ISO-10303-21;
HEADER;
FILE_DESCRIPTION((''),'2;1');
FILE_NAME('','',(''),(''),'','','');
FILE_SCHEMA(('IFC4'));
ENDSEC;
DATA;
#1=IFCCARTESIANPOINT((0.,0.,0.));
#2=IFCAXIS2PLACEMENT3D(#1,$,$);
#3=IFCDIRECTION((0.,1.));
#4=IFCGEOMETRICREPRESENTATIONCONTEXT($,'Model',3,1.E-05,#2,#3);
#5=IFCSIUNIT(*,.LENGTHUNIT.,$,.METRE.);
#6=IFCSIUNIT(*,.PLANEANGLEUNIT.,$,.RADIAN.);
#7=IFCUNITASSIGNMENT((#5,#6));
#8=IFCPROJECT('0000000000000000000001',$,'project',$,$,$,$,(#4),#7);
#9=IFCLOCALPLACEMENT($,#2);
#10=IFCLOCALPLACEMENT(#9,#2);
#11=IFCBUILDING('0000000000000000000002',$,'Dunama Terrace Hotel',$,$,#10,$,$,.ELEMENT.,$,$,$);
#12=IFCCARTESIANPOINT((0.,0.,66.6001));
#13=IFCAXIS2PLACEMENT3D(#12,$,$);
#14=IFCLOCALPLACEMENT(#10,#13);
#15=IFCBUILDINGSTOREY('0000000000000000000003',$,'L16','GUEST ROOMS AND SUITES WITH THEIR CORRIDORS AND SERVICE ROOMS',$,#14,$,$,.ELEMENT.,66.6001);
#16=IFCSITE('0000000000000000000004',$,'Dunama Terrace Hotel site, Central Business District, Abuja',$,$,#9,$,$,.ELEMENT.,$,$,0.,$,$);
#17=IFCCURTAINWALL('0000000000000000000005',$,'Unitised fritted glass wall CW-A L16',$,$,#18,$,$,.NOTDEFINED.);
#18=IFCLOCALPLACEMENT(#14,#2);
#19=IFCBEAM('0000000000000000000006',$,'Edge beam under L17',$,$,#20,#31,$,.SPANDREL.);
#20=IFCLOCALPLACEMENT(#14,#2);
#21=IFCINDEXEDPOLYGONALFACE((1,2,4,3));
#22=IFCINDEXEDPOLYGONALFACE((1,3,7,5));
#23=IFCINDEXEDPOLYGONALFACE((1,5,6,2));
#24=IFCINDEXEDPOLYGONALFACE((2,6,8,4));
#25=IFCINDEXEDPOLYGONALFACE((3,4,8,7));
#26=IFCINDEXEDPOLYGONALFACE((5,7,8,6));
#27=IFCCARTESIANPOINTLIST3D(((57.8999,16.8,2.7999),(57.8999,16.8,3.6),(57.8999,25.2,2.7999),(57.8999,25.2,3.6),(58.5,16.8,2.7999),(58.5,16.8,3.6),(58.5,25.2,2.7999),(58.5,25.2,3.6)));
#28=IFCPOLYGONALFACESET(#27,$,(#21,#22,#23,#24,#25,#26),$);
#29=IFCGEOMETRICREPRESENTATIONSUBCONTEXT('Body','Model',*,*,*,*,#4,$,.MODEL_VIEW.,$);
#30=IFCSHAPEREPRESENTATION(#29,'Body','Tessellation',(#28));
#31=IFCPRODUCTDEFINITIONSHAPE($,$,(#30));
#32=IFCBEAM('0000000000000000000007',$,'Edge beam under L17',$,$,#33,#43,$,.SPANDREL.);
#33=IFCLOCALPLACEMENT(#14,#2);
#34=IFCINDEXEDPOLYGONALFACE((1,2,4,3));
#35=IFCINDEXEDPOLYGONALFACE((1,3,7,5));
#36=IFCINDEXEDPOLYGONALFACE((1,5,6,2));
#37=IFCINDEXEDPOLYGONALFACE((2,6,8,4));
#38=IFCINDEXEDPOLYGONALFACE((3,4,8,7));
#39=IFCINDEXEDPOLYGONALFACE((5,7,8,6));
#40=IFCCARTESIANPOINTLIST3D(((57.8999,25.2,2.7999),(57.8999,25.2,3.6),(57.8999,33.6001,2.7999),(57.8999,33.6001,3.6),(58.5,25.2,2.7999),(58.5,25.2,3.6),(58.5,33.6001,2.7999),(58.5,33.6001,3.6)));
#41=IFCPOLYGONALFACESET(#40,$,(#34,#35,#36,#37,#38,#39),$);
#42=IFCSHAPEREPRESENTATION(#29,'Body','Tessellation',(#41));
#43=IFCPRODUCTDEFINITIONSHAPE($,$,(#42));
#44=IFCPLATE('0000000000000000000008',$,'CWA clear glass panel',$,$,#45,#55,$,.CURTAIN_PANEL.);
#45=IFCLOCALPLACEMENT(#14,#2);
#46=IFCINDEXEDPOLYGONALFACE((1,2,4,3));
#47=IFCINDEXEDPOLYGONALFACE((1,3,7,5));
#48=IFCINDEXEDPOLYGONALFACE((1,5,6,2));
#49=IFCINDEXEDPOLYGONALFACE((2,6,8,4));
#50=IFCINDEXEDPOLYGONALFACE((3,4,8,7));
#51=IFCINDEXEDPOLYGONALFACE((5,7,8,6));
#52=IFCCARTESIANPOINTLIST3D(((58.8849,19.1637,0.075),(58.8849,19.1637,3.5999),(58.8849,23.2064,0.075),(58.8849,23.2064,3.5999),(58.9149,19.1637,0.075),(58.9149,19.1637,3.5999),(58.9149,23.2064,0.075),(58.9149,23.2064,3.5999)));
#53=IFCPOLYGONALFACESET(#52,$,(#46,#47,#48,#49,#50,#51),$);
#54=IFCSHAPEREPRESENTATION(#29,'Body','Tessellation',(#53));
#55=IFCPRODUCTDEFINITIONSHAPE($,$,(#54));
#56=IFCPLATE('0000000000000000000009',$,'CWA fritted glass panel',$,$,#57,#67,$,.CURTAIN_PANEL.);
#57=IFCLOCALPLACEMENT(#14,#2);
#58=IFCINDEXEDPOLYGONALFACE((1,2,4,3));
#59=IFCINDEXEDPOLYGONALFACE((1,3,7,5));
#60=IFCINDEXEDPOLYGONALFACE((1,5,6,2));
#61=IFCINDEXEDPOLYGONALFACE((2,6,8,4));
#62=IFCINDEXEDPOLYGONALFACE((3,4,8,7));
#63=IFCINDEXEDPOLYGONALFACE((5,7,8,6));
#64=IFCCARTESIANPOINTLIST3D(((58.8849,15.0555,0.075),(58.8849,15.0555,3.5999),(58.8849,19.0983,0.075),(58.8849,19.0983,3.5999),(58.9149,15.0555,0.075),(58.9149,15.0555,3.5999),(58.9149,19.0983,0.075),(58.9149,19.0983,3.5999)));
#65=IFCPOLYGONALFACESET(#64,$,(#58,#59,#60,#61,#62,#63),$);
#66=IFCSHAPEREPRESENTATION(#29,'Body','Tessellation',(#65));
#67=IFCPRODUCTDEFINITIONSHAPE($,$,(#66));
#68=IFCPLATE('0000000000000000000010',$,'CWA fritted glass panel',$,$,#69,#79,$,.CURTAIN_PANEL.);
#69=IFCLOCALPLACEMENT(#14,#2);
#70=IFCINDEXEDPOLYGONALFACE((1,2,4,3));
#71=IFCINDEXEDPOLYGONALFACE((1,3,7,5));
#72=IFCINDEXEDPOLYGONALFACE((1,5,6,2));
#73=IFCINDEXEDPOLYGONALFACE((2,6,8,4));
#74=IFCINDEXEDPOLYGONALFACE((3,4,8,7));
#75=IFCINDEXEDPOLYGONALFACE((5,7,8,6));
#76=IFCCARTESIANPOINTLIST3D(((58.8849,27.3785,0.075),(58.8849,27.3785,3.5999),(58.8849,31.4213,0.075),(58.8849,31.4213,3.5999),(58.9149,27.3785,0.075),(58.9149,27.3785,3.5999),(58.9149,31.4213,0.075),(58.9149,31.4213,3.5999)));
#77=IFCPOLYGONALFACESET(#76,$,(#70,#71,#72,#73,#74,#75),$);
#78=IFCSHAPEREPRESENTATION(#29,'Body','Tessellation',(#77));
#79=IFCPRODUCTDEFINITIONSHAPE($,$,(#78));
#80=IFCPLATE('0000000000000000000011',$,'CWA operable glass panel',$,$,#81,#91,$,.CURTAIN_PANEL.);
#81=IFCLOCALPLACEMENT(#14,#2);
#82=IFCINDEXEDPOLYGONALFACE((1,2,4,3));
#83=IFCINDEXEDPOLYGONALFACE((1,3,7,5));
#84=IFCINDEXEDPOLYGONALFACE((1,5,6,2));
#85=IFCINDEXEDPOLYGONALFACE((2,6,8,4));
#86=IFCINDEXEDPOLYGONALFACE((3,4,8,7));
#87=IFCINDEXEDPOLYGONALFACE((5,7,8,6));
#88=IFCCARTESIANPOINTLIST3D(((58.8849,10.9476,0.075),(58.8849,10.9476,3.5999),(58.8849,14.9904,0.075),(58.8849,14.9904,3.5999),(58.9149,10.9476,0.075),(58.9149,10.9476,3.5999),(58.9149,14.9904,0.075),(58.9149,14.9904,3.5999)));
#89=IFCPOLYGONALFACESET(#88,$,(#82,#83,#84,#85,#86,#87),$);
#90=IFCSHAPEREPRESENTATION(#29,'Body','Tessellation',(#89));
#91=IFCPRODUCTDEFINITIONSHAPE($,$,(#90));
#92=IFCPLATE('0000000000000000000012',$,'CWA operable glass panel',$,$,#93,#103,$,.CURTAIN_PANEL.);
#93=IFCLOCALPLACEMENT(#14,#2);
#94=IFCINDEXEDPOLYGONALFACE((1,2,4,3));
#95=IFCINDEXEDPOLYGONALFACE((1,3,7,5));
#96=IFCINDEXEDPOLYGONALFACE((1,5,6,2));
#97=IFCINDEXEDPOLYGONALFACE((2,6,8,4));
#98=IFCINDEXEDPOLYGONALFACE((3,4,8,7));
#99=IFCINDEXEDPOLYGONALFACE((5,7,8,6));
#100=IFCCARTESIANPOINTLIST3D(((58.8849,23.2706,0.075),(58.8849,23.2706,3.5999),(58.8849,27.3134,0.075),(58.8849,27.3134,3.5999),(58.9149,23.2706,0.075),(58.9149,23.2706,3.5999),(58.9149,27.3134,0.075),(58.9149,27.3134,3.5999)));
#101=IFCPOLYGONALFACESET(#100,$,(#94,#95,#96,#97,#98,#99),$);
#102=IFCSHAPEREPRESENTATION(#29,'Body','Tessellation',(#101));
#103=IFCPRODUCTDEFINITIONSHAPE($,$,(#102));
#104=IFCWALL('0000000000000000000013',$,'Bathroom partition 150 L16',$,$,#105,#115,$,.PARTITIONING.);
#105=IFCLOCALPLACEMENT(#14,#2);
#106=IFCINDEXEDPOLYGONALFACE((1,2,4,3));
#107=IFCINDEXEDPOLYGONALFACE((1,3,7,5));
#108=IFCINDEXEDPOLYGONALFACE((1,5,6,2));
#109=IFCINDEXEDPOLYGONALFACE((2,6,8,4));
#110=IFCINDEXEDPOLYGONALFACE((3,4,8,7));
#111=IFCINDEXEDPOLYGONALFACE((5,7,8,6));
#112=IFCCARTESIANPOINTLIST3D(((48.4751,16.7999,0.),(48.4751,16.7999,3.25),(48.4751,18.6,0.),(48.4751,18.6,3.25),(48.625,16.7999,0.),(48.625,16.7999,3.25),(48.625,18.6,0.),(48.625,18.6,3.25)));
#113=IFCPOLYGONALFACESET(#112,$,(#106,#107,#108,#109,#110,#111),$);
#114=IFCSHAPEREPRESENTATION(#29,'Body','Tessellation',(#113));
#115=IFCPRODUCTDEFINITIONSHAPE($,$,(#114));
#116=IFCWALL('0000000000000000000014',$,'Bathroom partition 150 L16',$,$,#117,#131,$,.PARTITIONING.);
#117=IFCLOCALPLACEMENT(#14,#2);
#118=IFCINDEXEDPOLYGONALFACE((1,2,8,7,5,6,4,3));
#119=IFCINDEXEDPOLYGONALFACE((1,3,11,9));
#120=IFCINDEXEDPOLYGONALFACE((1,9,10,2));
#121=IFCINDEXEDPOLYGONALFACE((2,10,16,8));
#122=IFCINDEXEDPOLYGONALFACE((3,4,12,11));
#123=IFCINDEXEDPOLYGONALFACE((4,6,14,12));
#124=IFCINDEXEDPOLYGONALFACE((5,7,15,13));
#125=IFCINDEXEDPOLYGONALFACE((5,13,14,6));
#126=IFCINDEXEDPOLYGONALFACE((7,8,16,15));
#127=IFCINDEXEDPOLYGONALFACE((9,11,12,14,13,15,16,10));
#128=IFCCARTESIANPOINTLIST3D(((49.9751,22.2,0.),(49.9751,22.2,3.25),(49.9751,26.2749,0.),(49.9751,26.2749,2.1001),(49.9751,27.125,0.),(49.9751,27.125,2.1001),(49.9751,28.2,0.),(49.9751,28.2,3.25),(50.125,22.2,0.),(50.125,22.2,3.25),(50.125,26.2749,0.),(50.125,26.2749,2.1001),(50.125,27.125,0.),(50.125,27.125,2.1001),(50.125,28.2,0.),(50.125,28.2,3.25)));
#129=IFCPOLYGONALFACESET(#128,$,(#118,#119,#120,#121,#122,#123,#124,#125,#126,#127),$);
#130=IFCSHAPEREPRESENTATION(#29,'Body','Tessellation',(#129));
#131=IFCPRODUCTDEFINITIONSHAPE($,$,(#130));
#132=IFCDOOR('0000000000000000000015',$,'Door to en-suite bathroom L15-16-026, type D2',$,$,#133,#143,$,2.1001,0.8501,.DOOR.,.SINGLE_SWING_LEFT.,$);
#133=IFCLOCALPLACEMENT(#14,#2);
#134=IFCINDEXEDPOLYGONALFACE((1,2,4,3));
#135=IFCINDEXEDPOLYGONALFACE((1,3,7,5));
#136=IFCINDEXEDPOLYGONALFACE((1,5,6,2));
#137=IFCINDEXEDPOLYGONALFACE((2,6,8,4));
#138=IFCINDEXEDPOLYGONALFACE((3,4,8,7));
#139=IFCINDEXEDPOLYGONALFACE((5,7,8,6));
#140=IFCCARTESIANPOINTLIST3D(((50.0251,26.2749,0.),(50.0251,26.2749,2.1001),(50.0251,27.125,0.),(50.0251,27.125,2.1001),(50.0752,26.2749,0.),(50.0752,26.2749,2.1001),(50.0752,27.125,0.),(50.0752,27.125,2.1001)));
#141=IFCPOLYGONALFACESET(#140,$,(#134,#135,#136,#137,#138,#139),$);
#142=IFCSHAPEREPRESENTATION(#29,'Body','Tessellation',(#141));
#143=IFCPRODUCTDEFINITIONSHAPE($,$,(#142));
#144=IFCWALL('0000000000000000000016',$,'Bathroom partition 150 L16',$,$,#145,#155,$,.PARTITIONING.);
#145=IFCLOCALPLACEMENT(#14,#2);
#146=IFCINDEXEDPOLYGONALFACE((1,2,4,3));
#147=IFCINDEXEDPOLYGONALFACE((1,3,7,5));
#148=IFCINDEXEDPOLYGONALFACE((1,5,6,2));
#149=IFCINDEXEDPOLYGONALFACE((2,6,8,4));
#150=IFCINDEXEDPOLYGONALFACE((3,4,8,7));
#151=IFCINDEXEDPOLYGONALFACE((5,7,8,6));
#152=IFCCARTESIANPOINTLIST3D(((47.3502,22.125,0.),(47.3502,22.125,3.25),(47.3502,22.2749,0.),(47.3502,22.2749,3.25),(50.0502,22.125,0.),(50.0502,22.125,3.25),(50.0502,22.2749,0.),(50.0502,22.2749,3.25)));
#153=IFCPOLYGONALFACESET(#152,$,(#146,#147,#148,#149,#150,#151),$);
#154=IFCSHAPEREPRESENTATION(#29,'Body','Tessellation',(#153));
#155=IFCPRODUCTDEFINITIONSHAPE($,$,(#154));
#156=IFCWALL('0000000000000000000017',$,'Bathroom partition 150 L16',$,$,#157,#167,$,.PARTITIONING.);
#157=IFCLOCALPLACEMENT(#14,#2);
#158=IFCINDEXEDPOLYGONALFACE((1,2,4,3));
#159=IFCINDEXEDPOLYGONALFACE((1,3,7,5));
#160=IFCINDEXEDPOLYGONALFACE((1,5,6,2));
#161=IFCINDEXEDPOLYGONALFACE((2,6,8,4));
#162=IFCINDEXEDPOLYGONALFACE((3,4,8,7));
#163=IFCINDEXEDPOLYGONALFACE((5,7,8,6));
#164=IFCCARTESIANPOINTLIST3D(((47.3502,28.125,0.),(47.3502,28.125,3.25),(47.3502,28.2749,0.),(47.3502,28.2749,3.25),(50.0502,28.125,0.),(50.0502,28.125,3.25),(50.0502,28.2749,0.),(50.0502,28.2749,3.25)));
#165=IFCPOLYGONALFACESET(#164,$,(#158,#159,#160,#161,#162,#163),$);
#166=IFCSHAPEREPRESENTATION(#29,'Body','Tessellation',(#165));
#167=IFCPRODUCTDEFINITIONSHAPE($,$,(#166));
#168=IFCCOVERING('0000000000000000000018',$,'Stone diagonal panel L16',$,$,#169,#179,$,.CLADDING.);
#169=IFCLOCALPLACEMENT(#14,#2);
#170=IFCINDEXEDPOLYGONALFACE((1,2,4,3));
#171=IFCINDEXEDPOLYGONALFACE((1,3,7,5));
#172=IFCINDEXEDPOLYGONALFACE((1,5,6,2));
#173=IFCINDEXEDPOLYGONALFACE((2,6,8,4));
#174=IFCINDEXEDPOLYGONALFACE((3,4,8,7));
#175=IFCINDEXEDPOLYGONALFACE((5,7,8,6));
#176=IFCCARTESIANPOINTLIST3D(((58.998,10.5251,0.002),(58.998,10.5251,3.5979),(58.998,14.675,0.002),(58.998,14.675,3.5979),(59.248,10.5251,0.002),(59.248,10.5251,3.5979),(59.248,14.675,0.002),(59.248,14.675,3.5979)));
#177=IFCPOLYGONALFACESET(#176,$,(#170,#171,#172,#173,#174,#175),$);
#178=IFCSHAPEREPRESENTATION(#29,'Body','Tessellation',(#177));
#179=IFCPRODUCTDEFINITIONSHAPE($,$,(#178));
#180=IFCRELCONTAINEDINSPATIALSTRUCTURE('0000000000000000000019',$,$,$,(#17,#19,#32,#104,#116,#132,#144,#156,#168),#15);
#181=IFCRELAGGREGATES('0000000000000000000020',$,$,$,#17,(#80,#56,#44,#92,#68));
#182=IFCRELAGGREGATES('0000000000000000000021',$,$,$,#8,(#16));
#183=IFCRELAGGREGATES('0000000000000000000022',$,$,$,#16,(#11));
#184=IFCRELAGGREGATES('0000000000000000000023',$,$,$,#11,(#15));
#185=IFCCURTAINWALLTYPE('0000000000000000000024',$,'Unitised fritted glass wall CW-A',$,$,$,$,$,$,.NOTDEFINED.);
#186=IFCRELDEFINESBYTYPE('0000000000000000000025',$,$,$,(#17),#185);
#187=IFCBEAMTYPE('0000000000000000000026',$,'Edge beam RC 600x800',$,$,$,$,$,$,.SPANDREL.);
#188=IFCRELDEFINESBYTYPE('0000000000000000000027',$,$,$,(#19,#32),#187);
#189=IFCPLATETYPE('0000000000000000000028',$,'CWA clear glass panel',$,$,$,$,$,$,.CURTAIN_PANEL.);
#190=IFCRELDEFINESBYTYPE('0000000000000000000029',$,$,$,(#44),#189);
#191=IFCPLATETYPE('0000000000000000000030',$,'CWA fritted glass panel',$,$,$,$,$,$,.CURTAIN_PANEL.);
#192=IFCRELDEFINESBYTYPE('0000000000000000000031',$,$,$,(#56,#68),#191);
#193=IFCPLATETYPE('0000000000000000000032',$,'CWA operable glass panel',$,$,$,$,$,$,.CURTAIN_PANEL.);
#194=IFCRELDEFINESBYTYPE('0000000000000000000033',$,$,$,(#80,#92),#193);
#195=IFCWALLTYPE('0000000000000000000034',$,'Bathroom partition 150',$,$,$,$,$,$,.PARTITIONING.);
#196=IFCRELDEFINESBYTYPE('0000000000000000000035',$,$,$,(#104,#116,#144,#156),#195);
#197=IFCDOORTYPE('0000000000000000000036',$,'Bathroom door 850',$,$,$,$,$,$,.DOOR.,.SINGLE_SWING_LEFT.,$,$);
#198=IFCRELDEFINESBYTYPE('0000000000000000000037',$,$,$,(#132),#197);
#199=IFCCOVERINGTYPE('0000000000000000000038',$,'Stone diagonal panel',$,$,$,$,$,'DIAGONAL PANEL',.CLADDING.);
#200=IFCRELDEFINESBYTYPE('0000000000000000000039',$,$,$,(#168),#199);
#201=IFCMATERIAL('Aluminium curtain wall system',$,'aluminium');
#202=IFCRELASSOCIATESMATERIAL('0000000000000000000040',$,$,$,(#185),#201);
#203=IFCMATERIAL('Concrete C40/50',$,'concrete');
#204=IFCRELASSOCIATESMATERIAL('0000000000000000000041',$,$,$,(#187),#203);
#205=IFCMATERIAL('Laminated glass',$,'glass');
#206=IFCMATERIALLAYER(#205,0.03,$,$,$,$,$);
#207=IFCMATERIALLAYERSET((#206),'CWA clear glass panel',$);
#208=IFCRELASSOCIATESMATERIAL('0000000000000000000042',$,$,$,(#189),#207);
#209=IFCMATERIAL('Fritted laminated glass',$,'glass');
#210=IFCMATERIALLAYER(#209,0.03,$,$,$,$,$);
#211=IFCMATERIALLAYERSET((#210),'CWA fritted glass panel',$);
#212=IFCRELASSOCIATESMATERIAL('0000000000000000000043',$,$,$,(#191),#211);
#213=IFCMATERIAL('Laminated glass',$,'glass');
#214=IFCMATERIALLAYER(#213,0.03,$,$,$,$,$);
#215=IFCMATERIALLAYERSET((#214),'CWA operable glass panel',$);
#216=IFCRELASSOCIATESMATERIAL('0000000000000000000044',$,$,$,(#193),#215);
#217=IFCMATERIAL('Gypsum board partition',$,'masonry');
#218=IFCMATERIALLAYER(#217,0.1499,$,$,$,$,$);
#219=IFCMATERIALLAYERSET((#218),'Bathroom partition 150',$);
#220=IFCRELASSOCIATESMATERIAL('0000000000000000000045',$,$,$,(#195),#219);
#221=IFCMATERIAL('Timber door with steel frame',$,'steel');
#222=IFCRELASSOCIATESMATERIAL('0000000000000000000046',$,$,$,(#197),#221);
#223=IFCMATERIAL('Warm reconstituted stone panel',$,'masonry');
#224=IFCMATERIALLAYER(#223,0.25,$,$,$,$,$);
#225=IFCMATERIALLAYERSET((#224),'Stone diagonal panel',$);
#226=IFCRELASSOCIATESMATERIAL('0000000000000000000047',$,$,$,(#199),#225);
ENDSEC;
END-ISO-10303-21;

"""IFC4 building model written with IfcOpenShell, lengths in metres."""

from ifc_helpers import new_model, si_unit, direction, frame, frame_2d, origin, origin_2d, place, context, subcontext, project, spatial, rectangle, extrude, material, layer, layer_set, material_profile, profile_set, type_object, element, fill, aggregate, save


model = new_model("IFC4")

# Units and contexts
model_context = context("Model", 3, precision=1e-05, world=origin(), true_north=direction((0.0, 1.0)))
body_context = subcontext(model_context, "Body", "Model", "MODEL_VIEW")
ifc_project = project(units=[si_unit("LENGTHUNIT", "METRE"), si_unit("PLANEANGLEUNIT", "RADIAN")], contexts=[model_context])

# Site, building, storey
site_placement = place(None, origin())
site = spatial("IfcSite", under=ifc_project, at=site_placement, Name="Dunama Terrace Hotel site, Central Business District, Abuja", CompositionType="ELEMENT", RefElevation=0.0)
building_placement = place(site_placement, origin())
building = spatial("IfcBuilding", under=site, at=building_placement, Name="Dunama Terrace Hotel", CompositionType="ELEMENT")
storey_placement = place(building_placement, frame((0.0, 0.0, 66.6001)))
storey = spatial("IfcBuildingStorey", under=building, at=storey_placement, Name="L16", Description="GUEST ROOMS AND SUITES WITH THEIR CORRIDORS AND SERVICE ROOMS", CompositionType="ELEMENT", Elevation=66.6001)

# Curtain wall
ifc_material_1 = material(Name="Aluminium curtain wall system", Category="aluminium")
curtain_wall_type = type_object("IfcCurtainWallType", Name="Unitised fritted glass wall CW-A", PredefinedType="NOTDEFINED", material=ifc_material_1)
curtain_wall_placement = place(storey_placement, origin())
curtain_wall = element("IfcCurtainWall", 1, at=curtain_wall_placement, inside=storey, type_object=curtain_wall_type, Name="Unitised fritted glass wall CW-A L16", PredefinedType="NOTDEFINED")

# Beams
ifc_material_2 = material(Name="Concrete C40/50", Category="concrete")
ifc_material_profile_1 = material_profile(ifc_material_2, rectangle(XDim=0.6001, YDim=0.8, at=origin_2d()), Name="RC 600x800")
ifc_profile_set_1 = profile_set([ifc_material_profile_1], Name="Concrete C40/50")
beam_type = type_object("IfcBeamType", Name="Edge beam RC 600x800", PredefinedType="SPANDREL", material=ifc_profile_set_1)
beam_1_placement = place(storey_placement, frame((58.2, 16.8, 3.2), z_axis=(0.0, 1.0, 0.0), x_axis=(-1.0, 0.0, 0.0)))
element("IfcBeam", 2, at=beam_1_placement, inside=storey, type_object=beam_type, Name="Edge beam under L17", PredefinedType="SPANDREL", context=body_context, shape_type="SweptSolid", body=[
    extrude(rectangle(XDim=0.6001, YDim=0.8, at=origin_2d()), origin(), (0.0, 0.0, 1.0), 8.3999),
])
beam_2_placement = place(storey_placement, frame((58.2, 25.2, 3.2), z_axis=(0.0, 1.0, 0.0), x_axis=(-1.0, 0.0, 0.0)))
element("IfcBeam", 3, at=beam_2_placement, inside=storey, type_object=beam_type, Name="Edge beam under L17", PredefinedType="SPANDREL", context=body_context, shape_type="SweptSolid", body=[
    extrude(rectangle(XDim=0.6001, YDim=0.8, at=origin_2d()), origin(), (0.0, 0.0, 1.0), 8.4001),
])

# Plates
ifc_material_3 = material(Name="Laminated glass", Category="glass")
ifc_layer_1 = layer(ifc_material_3, 0.03)
ifc_layer_set_1 = layer_set([ifc_layer_1], Name="CWA clear glass panel")
plate_type_1 = type_object("IfcPlateType", Name="CWA clear glass panel", PredefinedType="CURTAIN_PANEL", material=ifc_layer_set_1)
plate_1_placement = place(storey_placement, frame((58.8999, 21.1851, 0.075), z_axis=(0.0, 0.0, 1.0), x_axis=(0.0, 1.0, 0.0)))
plate_1 = element("IfcPlate", 4, at=plate_1_placement, type_object=plate_type_1, Name="CWA clear glass panel", PredefinedType="CURTAIN_PANEL", context=body_context, shape_type="SweptSolid", body=[
    extrude(rectangle(XDim=4.0427, YDim=0.03, at=origin_2d()), origin(), (0.0, 0.0, 1.0), 3.5249),
])
ifc_material_4 = material(Name="Fritted laminated glass", Category="glass")
ifc_layer_2 = layer(ifc_material_4, 0.03)
ifc_layer_set_2 = layer_set([ifc_layer_2], Name="CWA fritted glass panel")
plate_type_2 = type_object("IfcPlateType", Name="CWA fritted glass panel", PredefinedType="CURTAIN_PANEL", material=ifc_layer_set_2)
plate_2_placement = place(storey_placement, frame((58.8999, 17.0769, 0.075), z_axis=(0.0, 0.0, 1.0), x_axis=(0.0, 1.0, 0.0)))
plate_2 = element("IfcPlate", 5, at=plate_2_placement, type_object=plate_type_2, Name="CWA fritted glass panel", PredefinedType="CURTAIN_PANEL", context=body_context, shape_type="SweptSolid", body=[
    extrude(rectangle(XDim=4.0427, YDim=0.03, at=origin_2d()), origin(), (0.0, 0.0, 1.0), 3.5249),
])
plate_3_placement = place(storey_placement, frame((58.8999, 29.3999, 0.075), z_axis=(0.0, 0.0, 1.0), x_axis=(0.0, 1.0, 0.0)))
plate_3 = element("IfcPlate", 6, at=plate_3_placement, type_object=plate_type_2, Name="CWA fritted glass panel", PredefinedType="CURTAIN_PANEL", context=body_context, shape_type="SweptSolid", body=[
    extrude(rectangle(XDim=4.0427, YDim=0.03, at=origin_2d()), origin(), (0.0, 0.0, 1.0), 3.5249),
])
ifc_material_5 = material(Name="Laminated glass", Category="glass")
ifc_layer_3 = layer(ifc_material_5, 0.03)
ifc_layer_set_3 = layer_set([ifc_layer_3], Name="CWA operable glass panel")
plate_type_3 = type_object("IfcPlateType", Name="CWA operable glass panel", PredefinedType="CURTAIN_PANEL", material=ifc_layer_set_3)
plate_4_placement = place(storey_placement, frame((58.8999, 12.969, 0.075), z_axis=(0.0, 0.0, 1.0), x_axis=(0.0, 1.0, 0.0)))
plate_4 = element("IfcPlate", 7, at=plate_4_placement, type_object=plate_type_3, Name="CWA operable glass panel", PredefinedType="CURTAIN_PANEL", context=body_context, shape_type="SweptSolid", body=[
    extrude(rectangle(XDim=4.0427, YDim=0.03, at=origin_2d()), origin(), (0.0, 0.0, 1.0), 3.5249),
])
plate_5_placement = place(storey_placement, frame((58.8999, 25.292, 0.075), z_axis=(0.0, 0.0, 1.0), x_axis=(0.0, 1.0, 0.0)))
plate_5 = element("IfcPlate", 8, at=plate_5_placement, type_object=plate_type_3, Name="CWA operable glass panel", PredefinedType="CURTAIN_PANEL", context=body_context, shape_type="SweptSolid", body=[
    extrude(rectangle(XDim=4.0427, YDim=0.03, at=origin_2d()), origin(), (0.0, 0.0, 1.0), 3.5249),
])
aggregate(curtain_wall, [plate_4, plate_2, plate_1, plate_5, plate_3])

# Wall
ifc_material_6 = material(Name="Gypsum board partition", Category="masonry")
ifc_layer_4 = layer(ifc_material_6, 0.1499)
ifc_layer_set_4 = layer_set([ifc_layer_4], Name="Bathroom partition 150")
wall_type = type_object("IfcWallType", Name="Bathroom partition 150", PredefinedType="PARTITIONING", material=ifc_layer_set_4)
wall_1_placement = place(storey_placement, frame((48.55, 16.8, 0.0), z_axis=(0.0, 0.0, 1.0), x_axis=(0.0, 1.0, 0.0)))
element("IfcWall", 9, at=wall_1_placement, inside=storey, type_object=wall_type, Name="Bathroom partition 150 L16", PredefinedType="PARTITIONING", context=body_context, shape_type="SweptSolid", body=[
    extrude(rectangle(XDim=1.8, YDim=0.1499, at=frame_2d((0.8999, 0.0))), origin(), (0.0, 0.0, 1.0), 3.25),
])

# Wall, opening, door
wall_2_placement = place(storey_placement, frame((50.05, 22.2, 0.0), z_axis=(0.0, 0.0, 1.0), x_axis=(0.0, 1.0, 0.0)))
wall_2 = element("IfcWall", 10, at=wall_2_placement, inside=storey, type_object=wall_type, Name="Bathroom partition 150 L16", PredefinedType="PARTITIONING", context=body_context, shape_type="SweptSolid", body=[
    extrude(rectangle(XDim=6.0, YDim=0.1499, at=frame_2d((3.0, 0.0))), origin(), (0.0, 0.0, 1.0), 3.25),
])
opening_placement = place(wall_2_placement, frame((4.075, 0.0, 0.0)))
opening = element("IfcOpeningElement", 11, at=opening_placement, cuts=wall_2, PredefinedType="OPENING", context=body_context, shape_type="SweptSolid", body=[
    extrude(rectangle(XDim=0.8501, YDim=2.1001, at=frame_2d((0.425, 1.05))), frame((0.0, 0.085, 0.0), z_axis=(0.0, -1.0, 0.0), x_axis=(1.0, 0.0, 0.0)), (0.0, 0.0, 1.0), 0.1699),
])
ifc_material_7 = material(Name="Timber door with steel frame", Category="steel")
door_type = type_object("IfcDoorType", Name="Bathroom door 850", OperationType="SINGLE_SWING_LEFT", PredefinedType="DOOR", material=ifc_material_7)
door_placement = place(opening_placement, origin())
door = element("IfcDoor", 12, at=door_placement, inside=storey, type_object=door_type, Name="Door to en-suite bathroom L15-16-026, type D2", OperationType="SINGLE_SWING_LEFT", OverallHeight=2.1001, OverallWidth=0.8501, PredefinedType="DOOR", context=body_context, shape_type="SweptSolid", body=[
    extrude(rectangle(XDim=0.8501, YDim=2.1001, at=frame_2d((0.425, 1.05))), frame((0.0, 0.0249, 0.0), z_axis=(0.0, -1.0, 0.0), x_axis=(1.0, 0.0, 0.0)), (0.0, 0.0, 1.0), 0.05),
])
fill(opening, door)

# Walls
for number, where, z_axis, x_axis, name in (
    (13, (47.3501, 22.2, 0.0), (0.0, 0.0, 1.0), (1.0, 0.0, 0.0), "Bathroom partition 150 L16"),
    (14, (47.3501, 28.2, 0.0), (0.0, 0.0, 1.0), (1.0, 0.0, 0.0), "Bathroom partition 150 L16"),
):
    element("IfcWall", number, at=place(storey_placement, frame(where, z_axis=z_axis, x_axis=x_axis)), inside=storey, type_object=wall_type, Name=name, PredefinedType="PARTITIONING", context=body_context, shape_type="SweptSolid", body=[
        extrude(rectangle(XDim=2.7, YDim=0.1499, at=frame_2d((1.3501, 0.0))), origin(), (0.0, 0.0, 1.0), 3.25),
    ])

# Covering
ifc_material_8 = material(Name="Warm reconstituted stone panel", Category="masonry")
ifc_layer_5 = layer(ifc_material_8, 0.25)
ifc_layer_set_5 = layer_set([ifc_layer_5], Name="Stone diagonal panel")
covering_type = type_object("IfcCoveringType", Name="Stone diagonal panel", ElementType="DIAGONAL PANEL", PredefinedType="CLADDING", material=ifc_layer_set_5)
for number, where, z_axis, x_axis, name in (
    (15, (59.123, 12.6001, 0.002), (0.0, 0.0, 1.0), (0.0, 1.0, 0.0), "Stone diagonal panel L16"),
):
    element("IfcCovering", number, at=place(storey_placement, frame(where, z_axis=z_axis, x_axis=x_axis)), inside=storey, type_object=covering_type, Name=name, PredefinedType="CLADDING", context=body_context, shape_type="SweptSolid", body=[
        extrude(rectangle(XDim=4.1499, YDim=0.25, at=origin_2d()), origin(), (0.0, 0.0, 1.0), 3.5959),
    ])

save(model, "model.ifc")
